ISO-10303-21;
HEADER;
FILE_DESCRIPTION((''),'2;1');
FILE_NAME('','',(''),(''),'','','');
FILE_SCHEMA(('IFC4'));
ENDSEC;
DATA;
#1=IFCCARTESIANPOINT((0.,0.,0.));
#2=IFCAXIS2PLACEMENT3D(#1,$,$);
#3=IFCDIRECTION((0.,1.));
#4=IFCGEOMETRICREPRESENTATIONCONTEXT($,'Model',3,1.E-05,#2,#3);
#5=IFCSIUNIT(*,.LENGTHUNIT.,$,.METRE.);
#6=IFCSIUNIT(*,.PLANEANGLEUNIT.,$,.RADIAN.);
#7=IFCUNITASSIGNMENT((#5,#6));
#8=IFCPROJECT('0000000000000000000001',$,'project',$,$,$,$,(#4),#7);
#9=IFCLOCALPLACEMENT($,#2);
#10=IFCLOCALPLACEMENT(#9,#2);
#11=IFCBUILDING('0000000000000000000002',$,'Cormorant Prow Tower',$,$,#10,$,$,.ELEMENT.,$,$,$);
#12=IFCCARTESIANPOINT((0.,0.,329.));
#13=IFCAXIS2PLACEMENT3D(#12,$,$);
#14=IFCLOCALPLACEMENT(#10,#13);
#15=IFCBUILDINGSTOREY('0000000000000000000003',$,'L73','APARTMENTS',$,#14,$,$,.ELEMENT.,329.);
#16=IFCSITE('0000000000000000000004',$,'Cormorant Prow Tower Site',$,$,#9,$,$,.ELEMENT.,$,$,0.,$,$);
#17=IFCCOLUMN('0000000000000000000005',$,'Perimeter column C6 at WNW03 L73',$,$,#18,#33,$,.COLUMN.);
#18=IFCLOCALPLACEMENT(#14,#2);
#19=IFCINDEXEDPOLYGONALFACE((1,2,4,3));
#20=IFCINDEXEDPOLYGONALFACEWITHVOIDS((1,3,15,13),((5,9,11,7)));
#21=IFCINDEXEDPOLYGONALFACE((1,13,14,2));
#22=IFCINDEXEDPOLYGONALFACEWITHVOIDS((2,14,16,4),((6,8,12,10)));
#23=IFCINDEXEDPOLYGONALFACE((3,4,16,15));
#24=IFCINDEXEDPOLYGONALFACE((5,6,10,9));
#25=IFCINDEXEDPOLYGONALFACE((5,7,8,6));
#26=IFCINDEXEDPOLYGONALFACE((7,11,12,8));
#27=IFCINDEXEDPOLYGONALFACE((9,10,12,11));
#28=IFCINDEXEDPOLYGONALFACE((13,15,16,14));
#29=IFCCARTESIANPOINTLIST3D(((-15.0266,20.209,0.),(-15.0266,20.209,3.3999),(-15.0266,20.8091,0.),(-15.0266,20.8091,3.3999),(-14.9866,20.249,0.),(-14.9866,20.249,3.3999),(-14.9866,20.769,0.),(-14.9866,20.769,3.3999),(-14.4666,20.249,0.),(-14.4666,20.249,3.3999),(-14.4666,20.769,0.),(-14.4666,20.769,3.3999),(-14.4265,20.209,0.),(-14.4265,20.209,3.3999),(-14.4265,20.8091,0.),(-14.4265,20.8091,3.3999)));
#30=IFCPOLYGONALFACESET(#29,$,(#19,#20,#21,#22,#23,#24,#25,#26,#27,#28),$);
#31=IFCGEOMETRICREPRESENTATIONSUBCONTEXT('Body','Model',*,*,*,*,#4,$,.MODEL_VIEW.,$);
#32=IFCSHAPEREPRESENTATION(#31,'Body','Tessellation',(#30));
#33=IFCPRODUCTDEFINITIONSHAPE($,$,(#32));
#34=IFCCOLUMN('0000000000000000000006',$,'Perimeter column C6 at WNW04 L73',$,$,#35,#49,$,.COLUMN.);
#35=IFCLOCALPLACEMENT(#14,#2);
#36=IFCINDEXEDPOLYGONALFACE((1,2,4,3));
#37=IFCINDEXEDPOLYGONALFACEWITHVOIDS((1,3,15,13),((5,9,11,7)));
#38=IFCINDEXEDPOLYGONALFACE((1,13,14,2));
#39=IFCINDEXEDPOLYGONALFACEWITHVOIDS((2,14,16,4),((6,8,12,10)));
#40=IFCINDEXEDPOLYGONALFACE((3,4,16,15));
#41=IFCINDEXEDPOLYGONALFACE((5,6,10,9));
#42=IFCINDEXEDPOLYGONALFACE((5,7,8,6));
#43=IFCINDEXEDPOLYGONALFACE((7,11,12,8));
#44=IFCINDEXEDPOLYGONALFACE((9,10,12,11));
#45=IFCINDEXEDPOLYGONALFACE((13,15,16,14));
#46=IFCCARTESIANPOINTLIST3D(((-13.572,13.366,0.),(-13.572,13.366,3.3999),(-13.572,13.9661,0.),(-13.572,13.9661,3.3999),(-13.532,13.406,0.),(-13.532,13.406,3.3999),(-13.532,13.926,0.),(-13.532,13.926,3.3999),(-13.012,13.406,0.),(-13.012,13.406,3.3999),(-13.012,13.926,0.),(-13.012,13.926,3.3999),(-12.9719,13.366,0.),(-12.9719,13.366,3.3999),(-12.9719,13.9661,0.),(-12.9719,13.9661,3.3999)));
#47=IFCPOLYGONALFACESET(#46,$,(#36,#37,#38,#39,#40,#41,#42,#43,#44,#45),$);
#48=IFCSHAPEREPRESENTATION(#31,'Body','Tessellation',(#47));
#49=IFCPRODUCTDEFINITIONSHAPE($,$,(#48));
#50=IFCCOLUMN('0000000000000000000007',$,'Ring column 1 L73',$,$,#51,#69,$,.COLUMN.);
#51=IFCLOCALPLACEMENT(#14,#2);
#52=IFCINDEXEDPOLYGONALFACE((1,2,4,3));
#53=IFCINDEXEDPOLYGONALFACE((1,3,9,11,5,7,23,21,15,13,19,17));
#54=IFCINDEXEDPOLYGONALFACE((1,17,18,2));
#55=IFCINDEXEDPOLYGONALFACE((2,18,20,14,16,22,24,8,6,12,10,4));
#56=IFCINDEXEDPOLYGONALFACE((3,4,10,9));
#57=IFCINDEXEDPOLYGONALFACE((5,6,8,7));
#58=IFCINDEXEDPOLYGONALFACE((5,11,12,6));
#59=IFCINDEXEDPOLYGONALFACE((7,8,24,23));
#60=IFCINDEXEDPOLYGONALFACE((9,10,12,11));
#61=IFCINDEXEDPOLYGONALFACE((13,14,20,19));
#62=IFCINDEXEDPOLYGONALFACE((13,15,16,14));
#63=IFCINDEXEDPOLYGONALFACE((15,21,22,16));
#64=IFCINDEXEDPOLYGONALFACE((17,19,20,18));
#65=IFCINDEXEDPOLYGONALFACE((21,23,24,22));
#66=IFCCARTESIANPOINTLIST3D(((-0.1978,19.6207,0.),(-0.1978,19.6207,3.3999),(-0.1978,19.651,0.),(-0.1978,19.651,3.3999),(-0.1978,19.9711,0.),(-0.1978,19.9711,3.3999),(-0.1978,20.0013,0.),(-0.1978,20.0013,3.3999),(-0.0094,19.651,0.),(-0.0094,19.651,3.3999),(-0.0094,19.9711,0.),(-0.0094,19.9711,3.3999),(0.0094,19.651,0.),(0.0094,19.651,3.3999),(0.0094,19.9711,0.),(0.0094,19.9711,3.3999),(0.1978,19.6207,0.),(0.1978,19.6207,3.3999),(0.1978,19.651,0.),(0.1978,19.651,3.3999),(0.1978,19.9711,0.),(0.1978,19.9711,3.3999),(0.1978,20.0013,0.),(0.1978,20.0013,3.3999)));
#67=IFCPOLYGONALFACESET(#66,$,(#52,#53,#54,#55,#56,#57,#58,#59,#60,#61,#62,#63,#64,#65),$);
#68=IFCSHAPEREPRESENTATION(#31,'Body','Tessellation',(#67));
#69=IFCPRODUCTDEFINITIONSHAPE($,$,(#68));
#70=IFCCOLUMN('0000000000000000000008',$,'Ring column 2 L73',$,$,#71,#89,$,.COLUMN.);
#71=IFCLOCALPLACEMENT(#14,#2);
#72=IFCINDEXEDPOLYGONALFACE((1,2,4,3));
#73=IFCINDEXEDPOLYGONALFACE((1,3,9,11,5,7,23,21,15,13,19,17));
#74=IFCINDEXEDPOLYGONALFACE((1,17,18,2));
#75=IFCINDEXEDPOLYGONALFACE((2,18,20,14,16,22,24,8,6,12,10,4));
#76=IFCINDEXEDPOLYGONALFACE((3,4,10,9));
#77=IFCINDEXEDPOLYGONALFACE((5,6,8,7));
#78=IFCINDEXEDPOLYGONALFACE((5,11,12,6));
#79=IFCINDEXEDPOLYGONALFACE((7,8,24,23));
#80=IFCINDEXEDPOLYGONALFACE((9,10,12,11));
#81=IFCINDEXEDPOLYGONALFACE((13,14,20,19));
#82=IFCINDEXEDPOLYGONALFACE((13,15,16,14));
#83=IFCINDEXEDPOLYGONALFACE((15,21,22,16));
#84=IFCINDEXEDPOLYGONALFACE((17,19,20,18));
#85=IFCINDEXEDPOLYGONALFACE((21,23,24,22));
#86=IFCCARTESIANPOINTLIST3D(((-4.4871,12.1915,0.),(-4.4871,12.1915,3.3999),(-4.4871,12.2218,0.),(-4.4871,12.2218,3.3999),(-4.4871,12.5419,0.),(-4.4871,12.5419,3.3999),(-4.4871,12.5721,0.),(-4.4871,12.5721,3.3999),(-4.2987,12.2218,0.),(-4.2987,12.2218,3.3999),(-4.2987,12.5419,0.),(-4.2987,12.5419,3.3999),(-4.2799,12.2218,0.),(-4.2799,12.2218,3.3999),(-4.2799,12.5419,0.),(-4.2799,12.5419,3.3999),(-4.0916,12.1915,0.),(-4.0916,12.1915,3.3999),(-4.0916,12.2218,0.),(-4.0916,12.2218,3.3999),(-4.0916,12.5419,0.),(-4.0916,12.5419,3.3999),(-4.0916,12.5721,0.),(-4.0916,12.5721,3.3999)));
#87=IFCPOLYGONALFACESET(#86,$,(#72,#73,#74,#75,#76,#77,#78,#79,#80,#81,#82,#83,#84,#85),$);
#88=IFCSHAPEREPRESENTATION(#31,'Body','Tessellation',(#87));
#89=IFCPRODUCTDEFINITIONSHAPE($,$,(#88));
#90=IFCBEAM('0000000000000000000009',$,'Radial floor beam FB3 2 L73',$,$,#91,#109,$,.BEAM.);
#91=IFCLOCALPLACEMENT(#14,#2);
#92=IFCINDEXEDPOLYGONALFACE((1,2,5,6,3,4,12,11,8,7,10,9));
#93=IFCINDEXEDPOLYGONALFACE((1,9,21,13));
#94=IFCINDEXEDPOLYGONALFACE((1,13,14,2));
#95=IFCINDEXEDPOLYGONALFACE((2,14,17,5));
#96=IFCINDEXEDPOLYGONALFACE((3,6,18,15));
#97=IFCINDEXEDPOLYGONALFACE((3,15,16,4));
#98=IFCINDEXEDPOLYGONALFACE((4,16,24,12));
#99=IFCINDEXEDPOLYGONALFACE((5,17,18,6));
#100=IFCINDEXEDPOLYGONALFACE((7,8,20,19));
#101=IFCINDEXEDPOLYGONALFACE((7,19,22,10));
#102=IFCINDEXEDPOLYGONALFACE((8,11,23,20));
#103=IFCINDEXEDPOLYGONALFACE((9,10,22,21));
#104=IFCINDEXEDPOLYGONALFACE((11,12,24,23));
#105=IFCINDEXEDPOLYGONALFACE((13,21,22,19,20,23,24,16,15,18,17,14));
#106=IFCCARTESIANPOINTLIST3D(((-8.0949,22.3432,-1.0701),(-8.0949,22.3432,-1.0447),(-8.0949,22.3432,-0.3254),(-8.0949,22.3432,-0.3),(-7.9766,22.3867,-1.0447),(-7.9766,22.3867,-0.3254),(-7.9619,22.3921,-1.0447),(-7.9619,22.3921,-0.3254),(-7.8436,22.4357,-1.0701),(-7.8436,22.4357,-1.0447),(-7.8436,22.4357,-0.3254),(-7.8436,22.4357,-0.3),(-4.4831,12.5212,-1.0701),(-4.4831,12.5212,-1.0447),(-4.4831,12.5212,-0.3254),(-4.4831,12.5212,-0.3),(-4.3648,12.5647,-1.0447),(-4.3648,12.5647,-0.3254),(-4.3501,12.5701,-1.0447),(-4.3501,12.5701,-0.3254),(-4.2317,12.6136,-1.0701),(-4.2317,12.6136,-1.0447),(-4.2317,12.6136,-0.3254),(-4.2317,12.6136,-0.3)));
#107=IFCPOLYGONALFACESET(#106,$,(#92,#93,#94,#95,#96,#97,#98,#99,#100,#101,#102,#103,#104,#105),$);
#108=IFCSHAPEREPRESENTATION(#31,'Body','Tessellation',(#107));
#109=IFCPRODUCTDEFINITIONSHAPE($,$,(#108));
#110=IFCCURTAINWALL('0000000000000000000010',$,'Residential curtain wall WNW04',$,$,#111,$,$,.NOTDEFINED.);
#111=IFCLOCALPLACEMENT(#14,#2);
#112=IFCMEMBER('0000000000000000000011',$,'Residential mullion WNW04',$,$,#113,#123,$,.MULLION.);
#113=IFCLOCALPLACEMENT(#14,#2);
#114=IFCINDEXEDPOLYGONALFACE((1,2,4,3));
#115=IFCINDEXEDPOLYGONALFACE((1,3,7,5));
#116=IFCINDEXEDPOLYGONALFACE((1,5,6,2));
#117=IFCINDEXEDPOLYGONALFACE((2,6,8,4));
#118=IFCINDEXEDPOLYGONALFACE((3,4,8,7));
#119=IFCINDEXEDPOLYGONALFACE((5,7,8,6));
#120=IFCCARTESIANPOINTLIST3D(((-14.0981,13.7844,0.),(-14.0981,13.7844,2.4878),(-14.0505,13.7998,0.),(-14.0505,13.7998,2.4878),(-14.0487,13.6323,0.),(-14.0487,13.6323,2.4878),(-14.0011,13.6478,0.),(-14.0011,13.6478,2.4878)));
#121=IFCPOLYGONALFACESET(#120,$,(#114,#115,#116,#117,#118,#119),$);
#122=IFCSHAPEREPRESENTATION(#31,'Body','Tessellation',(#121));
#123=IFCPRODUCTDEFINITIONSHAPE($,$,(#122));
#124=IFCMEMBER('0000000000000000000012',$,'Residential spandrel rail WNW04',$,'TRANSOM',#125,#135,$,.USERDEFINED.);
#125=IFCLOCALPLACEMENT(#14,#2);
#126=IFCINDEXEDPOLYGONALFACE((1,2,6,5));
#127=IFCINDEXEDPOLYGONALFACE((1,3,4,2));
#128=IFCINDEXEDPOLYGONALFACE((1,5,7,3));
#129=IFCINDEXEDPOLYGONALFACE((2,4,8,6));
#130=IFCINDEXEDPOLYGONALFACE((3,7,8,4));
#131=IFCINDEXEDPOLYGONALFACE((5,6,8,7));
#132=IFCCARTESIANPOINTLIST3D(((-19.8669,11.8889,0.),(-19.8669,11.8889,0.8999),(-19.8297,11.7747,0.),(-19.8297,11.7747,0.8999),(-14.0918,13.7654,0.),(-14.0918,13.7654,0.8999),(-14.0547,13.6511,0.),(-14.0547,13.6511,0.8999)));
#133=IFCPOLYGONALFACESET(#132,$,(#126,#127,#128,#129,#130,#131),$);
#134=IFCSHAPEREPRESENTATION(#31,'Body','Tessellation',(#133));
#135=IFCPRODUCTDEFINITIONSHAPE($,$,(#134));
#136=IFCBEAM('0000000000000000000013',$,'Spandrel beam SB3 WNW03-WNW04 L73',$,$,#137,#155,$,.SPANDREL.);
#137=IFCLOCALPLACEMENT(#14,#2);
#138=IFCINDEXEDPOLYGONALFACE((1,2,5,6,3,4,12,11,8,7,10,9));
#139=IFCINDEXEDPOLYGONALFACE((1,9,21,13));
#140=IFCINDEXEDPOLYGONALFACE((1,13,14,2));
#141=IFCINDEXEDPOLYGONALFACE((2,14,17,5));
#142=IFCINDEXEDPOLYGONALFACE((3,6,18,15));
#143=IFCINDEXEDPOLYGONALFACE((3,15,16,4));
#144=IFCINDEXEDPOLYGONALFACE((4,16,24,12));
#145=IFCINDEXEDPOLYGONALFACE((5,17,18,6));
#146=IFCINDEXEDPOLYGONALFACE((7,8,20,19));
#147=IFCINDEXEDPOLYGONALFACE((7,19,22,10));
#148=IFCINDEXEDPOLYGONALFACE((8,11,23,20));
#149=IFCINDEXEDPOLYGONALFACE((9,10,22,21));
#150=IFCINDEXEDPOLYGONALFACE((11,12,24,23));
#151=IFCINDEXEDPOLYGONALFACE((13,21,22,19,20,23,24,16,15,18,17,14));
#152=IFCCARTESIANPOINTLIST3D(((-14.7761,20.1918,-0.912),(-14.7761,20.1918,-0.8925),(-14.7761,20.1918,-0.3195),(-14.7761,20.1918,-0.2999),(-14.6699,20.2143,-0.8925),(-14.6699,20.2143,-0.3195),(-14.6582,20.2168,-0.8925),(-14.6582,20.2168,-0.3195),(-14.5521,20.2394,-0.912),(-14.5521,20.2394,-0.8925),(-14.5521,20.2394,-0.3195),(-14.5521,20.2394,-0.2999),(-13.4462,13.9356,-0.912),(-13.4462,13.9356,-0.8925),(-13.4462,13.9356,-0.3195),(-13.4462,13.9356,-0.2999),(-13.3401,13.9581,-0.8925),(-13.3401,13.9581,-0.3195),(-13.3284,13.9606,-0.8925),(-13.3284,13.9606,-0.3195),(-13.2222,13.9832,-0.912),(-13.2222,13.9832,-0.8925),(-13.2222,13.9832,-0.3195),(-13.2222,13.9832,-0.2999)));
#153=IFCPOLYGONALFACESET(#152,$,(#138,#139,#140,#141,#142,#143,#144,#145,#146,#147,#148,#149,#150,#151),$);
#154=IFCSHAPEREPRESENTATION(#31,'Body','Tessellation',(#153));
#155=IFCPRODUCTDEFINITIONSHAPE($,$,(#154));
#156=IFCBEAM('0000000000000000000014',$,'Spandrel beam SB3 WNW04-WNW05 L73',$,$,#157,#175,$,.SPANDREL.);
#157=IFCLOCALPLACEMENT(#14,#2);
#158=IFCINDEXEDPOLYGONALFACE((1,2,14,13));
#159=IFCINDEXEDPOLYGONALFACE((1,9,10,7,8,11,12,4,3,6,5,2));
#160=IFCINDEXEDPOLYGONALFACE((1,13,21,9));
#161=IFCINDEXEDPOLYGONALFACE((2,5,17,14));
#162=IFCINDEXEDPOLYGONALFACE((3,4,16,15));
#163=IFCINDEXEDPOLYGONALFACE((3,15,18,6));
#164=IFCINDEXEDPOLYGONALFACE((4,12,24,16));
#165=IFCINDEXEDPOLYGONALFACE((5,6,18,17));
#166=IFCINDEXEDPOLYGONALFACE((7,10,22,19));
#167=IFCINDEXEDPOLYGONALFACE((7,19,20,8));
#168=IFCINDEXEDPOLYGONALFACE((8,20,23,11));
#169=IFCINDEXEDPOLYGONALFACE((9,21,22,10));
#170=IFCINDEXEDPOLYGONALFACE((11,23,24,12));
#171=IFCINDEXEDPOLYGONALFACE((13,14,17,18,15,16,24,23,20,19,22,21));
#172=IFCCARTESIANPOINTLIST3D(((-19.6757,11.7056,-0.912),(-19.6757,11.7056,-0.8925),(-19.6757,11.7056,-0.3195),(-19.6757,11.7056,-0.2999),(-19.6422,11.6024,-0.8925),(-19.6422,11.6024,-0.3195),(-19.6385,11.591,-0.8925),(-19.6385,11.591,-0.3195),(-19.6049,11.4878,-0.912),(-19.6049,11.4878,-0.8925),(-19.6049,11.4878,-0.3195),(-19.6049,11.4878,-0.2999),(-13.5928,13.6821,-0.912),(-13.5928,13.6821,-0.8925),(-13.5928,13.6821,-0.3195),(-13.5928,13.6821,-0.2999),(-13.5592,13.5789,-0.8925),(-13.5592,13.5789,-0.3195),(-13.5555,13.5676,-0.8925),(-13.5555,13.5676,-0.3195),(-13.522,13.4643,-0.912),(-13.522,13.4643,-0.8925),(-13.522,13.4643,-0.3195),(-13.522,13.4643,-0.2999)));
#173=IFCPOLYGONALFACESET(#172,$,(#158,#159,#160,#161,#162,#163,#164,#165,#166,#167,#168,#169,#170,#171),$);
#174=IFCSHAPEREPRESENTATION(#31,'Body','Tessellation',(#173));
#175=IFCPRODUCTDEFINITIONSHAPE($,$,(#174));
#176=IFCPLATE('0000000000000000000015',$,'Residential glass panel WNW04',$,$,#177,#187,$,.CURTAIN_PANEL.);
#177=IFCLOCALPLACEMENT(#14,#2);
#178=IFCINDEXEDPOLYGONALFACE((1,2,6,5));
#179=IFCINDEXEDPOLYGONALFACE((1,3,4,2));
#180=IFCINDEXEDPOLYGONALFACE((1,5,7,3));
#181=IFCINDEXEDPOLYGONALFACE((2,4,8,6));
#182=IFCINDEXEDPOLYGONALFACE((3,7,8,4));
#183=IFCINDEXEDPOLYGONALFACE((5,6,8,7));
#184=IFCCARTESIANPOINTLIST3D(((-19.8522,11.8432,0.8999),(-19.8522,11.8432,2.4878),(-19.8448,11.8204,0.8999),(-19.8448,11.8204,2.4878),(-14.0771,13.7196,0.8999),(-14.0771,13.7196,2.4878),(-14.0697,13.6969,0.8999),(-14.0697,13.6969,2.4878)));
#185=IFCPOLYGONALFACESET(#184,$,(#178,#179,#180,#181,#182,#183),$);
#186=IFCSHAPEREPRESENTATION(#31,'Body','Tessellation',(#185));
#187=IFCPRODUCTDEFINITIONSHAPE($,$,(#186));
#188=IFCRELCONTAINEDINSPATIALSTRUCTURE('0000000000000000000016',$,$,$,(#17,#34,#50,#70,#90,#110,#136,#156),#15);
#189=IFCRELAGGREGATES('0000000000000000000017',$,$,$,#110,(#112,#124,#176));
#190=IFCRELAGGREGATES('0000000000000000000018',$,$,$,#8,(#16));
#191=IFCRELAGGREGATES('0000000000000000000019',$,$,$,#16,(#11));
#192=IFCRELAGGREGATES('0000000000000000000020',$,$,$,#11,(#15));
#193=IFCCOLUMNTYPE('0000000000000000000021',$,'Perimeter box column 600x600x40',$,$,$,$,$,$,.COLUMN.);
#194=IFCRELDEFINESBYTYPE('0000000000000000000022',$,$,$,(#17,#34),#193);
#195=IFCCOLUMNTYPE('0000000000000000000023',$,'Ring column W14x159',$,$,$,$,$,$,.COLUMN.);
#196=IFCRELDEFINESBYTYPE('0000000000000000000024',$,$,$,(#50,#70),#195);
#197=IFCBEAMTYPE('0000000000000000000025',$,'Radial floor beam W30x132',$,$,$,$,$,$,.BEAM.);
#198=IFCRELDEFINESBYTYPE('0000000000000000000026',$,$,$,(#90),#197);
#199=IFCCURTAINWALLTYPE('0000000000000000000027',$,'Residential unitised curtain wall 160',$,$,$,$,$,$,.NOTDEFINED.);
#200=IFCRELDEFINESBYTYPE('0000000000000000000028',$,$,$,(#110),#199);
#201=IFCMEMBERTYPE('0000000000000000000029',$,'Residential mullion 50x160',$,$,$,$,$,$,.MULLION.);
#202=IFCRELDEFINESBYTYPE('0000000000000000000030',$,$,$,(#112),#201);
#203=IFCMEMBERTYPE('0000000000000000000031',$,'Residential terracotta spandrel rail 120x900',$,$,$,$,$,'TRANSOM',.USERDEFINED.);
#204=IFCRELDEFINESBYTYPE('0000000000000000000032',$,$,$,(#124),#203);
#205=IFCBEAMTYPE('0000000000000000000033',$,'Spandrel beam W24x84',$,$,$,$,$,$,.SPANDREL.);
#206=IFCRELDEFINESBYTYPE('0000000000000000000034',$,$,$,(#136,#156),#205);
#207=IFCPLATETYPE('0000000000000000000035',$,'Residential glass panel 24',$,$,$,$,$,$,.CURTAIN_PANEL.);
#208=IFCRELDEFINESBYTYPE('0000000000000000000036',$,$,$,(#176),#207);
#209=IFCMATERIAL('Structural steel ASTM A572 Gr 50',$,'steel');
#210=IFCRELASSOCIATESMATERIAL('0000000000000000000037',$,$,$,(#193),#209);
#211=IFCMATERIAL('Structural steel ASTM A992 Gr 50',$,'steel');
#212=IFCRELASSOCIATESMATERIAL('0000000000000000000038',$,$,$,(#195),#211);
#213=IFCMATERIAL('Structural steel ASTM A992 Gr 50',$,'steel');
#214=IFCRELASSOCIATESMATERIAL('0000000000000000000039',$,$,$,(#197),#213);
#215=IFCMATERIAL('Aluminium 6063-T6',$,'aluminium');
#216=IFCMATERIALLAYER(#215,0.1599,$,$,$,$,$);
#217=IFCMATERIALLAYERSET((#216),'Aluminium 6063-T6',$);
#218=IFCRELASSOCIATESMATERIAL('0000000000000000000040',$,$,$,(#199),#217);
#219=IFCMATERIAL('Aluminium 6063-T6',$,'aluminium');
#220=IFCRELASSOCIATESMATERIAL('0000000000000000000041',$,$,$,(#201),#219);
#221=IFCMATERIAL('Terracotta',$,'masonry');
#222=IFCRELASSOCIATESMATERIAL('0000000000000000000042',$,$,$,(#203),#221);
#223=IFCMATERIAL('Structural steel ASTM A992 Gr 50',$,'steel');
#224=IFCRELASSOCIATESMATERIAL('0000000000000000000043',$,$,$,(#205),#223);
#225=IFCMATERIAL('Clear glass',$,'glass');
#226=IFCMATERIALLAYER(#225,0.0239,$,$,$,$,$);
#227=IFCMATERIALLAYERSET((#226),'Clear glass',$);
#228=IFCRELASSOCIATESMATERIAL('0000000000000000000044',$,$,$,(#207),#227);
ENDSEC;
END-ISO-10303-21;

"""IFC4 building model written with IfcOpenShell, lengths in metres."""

from ifc_helpers import new_model, si_unit, direction, frame, origin, origin_2d, place, context, subcontext, project, spatial, rectangle, hollow_rectangle, i_section, extrude, material, layer, layer_set, material_profile, profile_set, type_object, element, aggregate, save


model = new_model("IFC4")

# Units and contexts
model_context = context("Model", 3, precision=1e-05, world=origin(), true_north=direction((0.0, 1.0)))
body_context = subcontext(model_context, "Body", "Model", "MODEL_VIEW")
ifc_project = project(units=[si_unit("LENGTHUNIT", "METRE"), si_unit("PLANEANGLEUNIT", "RADIAN")], contexts=[model_context])

# Site, building, storey
site_placement = place(None, origin())
site = spatial("IfcSite", under=ifc_project, at=site_placement, Name="Cormorant Prow Tower Site", CompositionType="ELEMENT", RefElevation=0.0)
building_placement = place(site_placement, origin())
building = spatial("IfcBuilding", under=site, at=building_placement, Name="Cormorant Prow Tower", CompositionType="ELEMENT")
storey_placement = place(building_placement, frame((0.0, 0.0, 329.0)))
storey = spatial("IfcBuildingStorey", under=building, at=storey_placement, Name="L73", Description="APARTMENTS", CompositionType="ELEMENT", Elevation=329.0)

# Columns
ifc_material_1 = material(Name="Structural steel ASTM A572 Gr 50", Category="steel")
ifc_material_profile_1 = material_profile(ifc_material_1, hollow_rectangle(XDim=0.6001, YDim=0.6001, WallThickness=0.04, at=origin_2d()), Name="Box 600x600x40")
ifc_profile_set_1 = profile_set([ifc_material_profile_1], Name="Structural steel ASTM A572 Gr 50")
column_type_1 = type_object("IfcColumnType", Name="Perimeter box column 600x600x40", PredefinedType="COLUMN", material=ifc_profile_set_1)
for number, where, z_axis, x_axis, name in (
    (1, (-14.7266, 20.509, 0.0), (0.0, 0.0, 1.0), (1.0, 0.0, 0.0), "Perimeter column C6 at WNW03 L73"),
    (2, (-13.272, 13.666, 0.0), (0.0, 0.0, 1.0), (1.0, 0.0, 0.0), "Perimeter column C6 at WNW04 L73"),
):
    element("IfcColumn", number, at=place(storey_placement, frame(where, z_axis=z_axis, x_axis=x_axis)), inside=storey, type_object=column_type_1, Name=name, PredefinedType="COLUMN", context=body_context, shape_type="SweptSolid", body=[
        extrude(hollow_rectangle(XDim=0.6001, YDim=0.6001, WallThickness=0.04, at=origin_2d()), origin(), (0.0, 0.0, 1.0), 3.3999),
    ])
ifc_material_2 = material(Name="Structural steel ASTM A992 Gr 50", Category="steel")
ifc_material_profile_2 = material_profile(ifc_material_2, i_section(OverallWidth=0.3955, OverallDepth=0.3806, WebThickness=0.0188, FlangeThickness=0.0303, at=origin_2d()), Name="W14x159")
ifc_profile_set_2 = profile_set([ifc_material_profile_2], Name="Structural steel ASTM A992 Gr 50")
column_type_2 = type_object("IfcColumnType", Name="Ring column W14x159", PredefinedType="COLUMN", material=ifc_profile_set_2)
for number, where, z_axis, x_axis, name in (
    (3, (0.0, 19.811, 0.0), (0.0, 0.0, 1.0), (1.0, 0.0, 0.0), "Ring column 1 L73"),
    (4, (-4.2893, 12.3818, 0.0), (0.0, 0.0, 1.0), (1.0, 0.0, 0.0), "Ring column 2 L73"),
):
    element("IfcColumn", number, at=place(storey_placement, frame(where, z_axis=z_axis, x_axis=x_axis)), inside=storey, type_object=column_type_2, Name=name, PredefinedType="COLUMN", context=body_context, shape_type="SweptSolid", body=[
        extrude(i_section(OverallWidth=0.3955, OverallDepth=0.3806, WebThickness=0.0188, FlangeThickness=0.0303, at=origin_2d()), origin(), (0.0, 0.0, 1.0), 3.3999),
    ])

# Beam
ifc_material_3 = material(Name="Structural steel ASTM A992 Gr 50", Category="steel")
ifc_material_profile_3 = material_profile(ifc_material_3, i_section(OverallWidth=0.2678, OverallDepth=0.77, WebThickness=0.0156, FlangeThickness=0.0254, at=origin_2d()), Name="W30x132")
ifc_profile_set_3 = profile_set([ifc_material_profile_3], Name="Structural steel ASTM A992 Gr 50")
beam_type_1 = type_object("IfcBeamType", Name="Radial floor beam W30x132", PredefinedType="BEAM", material=ifc_profile_set_3)
beam_placement = place(storey_placement, frame((-4.3574, 12.5674, -0.6851), z_axis=(-0.345131, 0.938554, 0.0), x_axis=(-0.938554, -0.345131, 0.0)))
element("IfcBeam", 5, at=beam_placement, inside=storey, type_object=beam_type_1, Name="Radial floor beam FB3 2 L73", PredefinedType="BEAM", context=body_context, shape_type="SweptSolid", body=[
    extrude(i_section(OverallWidth=0.2678, OverallDepth=0.77, WebThickness=0.0156, FlangeThickness=0.0254, at=origin_2d()), origin(), (0.0, 0.0, 1.0), 10.4651),
])

# Curtain wall, members
ifc_material_4 = material(Name="Aluminium 6063-T6", Category="aluminium")
ifc_layer_1 = layer(ifc_material_4, 0.1599)
ifc_layer_set_1 = layer_set([ifc_layer_1], Name="Aluminium 6063-T6")
curtain_wall_type = type_object("IfcCurtainWallType", Name="Residential unitised curtain wall 160", PredefinedType="NOTDEFINED", material=ifc_layer_set_1)
curtain_wall_placement = place(storey_placement, origin())
curtain_wall = element("IfcCurtainWall", 6, at=curtain_wall_placement, inside=storey, type_object=curtain_wall_type, Name="Residential curtain wall WNW04", PredefinedType="NOTDEFINED")
ifc_material_5 = material(Name="Aluminium 6063-T6", Category="aluminium")
ifc_material_profile_4 = material_profile(ifc_material_5, rectangle(XDim=0.1599, YDim=0.05, at=origin_2d()), Name="Residential mullion 50x160")
ifc_profile_set_4 = profile_set([ifc_material_profile_4], Name="Aluminium 6063-T6")
member_type_1 = type_object("IfcMemberType", Name="Residential mullion 50x160", PredefinedType="MULLION", material=ifc_profile_set_4)
member_1_placement = place(storey_placement, frame((-14.0496, 13.7161, 0.0), z_axis=(0.0, 0.0, 1.0), x_axis=(0.309017, -0.951057, 0.0)))
member_1 = element("IfcMember", 7, at=member_1_placement, type_object=member_type_1, Name="Residential mullion WNW04", PredefinedType="MULLION", context=body_context, shape_type="SweptSolid", body=[
    extrude(rectangle(XDim=0.1599, YDim=0.05, at=origin_2d()), origin(), (0.0, 0.0, 1.0), 2.4878),
])
ifc_material_6 = material(Name="Terracotta", Category="masonry")
ifc_material_profile_5 = material_profile(ifc_material_6, rectangle(XDim=0.1201, YDim=0.8999, at=origin_2d()), Name="Residential terracotta spandrel rail 120x900")
ifc_profile_set_5 = profile_set([ifc_material_profile_5], Name="Terracotta")
member_type_2 = type_object("IfcMemberType", Name="Residential terracotta spandrel rail 120x900", ElementType="TRANSOM", PredefinedType="USERDEFINED", material=ifc_profile_set_5)
member_2_placement = place(storey_placement, frame((-14.0732, 13.7083, 0.45), z_axis=(-0.951056, -0.309018, 0.0), x_axis=(0.309018, -0.951056, 0.0)))
member_2 = element("IfcMember", 8, at=member_2_placement, type_object=member_type_2, Name="Residential spandrel rail WNW04", ObjectType="TRANSOM", PredefinedType="USERDEFINED", context=body_context, shape_type="SweptSolid", body=[
    extrude(rectangle(XDim=0.1201, YDim=0.8999, at=origin_2d()), origin(), (0.0, 0.0, 1.0), 6.0723),
])

# Beams
ifc_material_7 = material(Name="Structural steel ASTM A992 Gr 50", Category="steel")
ifc_material_profile_6 = material_profile(ifc_material_7, i_section(OverallWidth=0.229, OverallDepth=0.6121, WebThickness=0.012, FlangeThickness=0.0195, at=origin_2d()), Name="W24x84")
ifc_profile_set_6 = profile_set([ifc_material_profile_6], Name="Structural steel ASTM A992 Gr 50")
beam_type_2 = type_object("IfcBeamType", Name="Spandrel beam W24x84", PredefinedType="SPANDREL", material=ifc_profile_set_6)
for number, where, z_axis, x_axis, name in (
    (9, (-14.6641, 20.2156, -0.606), (0.20792, -0.978146, 0.0), (0.978146, 0.20792, 0.0), "Spandrel beam SB3 WNW03-WNW04 L73"),
    (10, (-13.5574, 13.5732, -0.606), (-0.951053, -0.309027, 0.0), (0.309027, -0.951053, 0.0), "Spandrel beam SB3 WNW04-WNW05 L73"),
):
    element("IfcBeam", number, at=place(storey_placement, frame(where, z_axis=z_axis, x_axis=x_axis)), inside=storey, type_object=beam_type_2, Name=name, PredefinedType="SPANDREL", context=body_context, shape_type="SweptSolid", body=[
        extrude(i_section(OverallWidth=0.229, OverallDepth=0.6121, WebThickness=0.012, FlangeThickness=0.0195, at=origin_2d()), origin(), (0.0, 0.0, 1.0), 6.396),
    ])

# Plate
ifc_material_8 = material(Name="Clear glass", Category="glass")
ifc_layer_2 = layer(ifc_material_8, 0.0239)
ifc_layer_set_2 = layer_set([ifc_layer_2], Name="Clear glass")
plate_type = type_object("IfcPlateType", Name="Residential glass panel 24", PredefinedType="CURTAIN_PANEL", material=ifc_layer_set_2)
plate_placement = place(storey_placement, frame((-16.9609, 12.77, 0.8999), z_axis=(0.0, 0.0, 1.0), x_axis=(-0.951057, -0.309017, 0.0)))
plate = element("IfcPlate", 11, at=plate_placement, type_object=plate_type, Name="Residential glass panel WNW04", PredefinedType="CURTAIN_PANEL", context=body_context, shape_type="SweptSolid", body=[
    extrude(rectangle(XDim=6.0723, YDim=0.0239, at=origin_2d()), origin(), (0.0, 0.0, 1.0), 1.5879),
])
aggregate(curtain_wall, [member_1, member_2, plate])

save(model, "model.ifc")
